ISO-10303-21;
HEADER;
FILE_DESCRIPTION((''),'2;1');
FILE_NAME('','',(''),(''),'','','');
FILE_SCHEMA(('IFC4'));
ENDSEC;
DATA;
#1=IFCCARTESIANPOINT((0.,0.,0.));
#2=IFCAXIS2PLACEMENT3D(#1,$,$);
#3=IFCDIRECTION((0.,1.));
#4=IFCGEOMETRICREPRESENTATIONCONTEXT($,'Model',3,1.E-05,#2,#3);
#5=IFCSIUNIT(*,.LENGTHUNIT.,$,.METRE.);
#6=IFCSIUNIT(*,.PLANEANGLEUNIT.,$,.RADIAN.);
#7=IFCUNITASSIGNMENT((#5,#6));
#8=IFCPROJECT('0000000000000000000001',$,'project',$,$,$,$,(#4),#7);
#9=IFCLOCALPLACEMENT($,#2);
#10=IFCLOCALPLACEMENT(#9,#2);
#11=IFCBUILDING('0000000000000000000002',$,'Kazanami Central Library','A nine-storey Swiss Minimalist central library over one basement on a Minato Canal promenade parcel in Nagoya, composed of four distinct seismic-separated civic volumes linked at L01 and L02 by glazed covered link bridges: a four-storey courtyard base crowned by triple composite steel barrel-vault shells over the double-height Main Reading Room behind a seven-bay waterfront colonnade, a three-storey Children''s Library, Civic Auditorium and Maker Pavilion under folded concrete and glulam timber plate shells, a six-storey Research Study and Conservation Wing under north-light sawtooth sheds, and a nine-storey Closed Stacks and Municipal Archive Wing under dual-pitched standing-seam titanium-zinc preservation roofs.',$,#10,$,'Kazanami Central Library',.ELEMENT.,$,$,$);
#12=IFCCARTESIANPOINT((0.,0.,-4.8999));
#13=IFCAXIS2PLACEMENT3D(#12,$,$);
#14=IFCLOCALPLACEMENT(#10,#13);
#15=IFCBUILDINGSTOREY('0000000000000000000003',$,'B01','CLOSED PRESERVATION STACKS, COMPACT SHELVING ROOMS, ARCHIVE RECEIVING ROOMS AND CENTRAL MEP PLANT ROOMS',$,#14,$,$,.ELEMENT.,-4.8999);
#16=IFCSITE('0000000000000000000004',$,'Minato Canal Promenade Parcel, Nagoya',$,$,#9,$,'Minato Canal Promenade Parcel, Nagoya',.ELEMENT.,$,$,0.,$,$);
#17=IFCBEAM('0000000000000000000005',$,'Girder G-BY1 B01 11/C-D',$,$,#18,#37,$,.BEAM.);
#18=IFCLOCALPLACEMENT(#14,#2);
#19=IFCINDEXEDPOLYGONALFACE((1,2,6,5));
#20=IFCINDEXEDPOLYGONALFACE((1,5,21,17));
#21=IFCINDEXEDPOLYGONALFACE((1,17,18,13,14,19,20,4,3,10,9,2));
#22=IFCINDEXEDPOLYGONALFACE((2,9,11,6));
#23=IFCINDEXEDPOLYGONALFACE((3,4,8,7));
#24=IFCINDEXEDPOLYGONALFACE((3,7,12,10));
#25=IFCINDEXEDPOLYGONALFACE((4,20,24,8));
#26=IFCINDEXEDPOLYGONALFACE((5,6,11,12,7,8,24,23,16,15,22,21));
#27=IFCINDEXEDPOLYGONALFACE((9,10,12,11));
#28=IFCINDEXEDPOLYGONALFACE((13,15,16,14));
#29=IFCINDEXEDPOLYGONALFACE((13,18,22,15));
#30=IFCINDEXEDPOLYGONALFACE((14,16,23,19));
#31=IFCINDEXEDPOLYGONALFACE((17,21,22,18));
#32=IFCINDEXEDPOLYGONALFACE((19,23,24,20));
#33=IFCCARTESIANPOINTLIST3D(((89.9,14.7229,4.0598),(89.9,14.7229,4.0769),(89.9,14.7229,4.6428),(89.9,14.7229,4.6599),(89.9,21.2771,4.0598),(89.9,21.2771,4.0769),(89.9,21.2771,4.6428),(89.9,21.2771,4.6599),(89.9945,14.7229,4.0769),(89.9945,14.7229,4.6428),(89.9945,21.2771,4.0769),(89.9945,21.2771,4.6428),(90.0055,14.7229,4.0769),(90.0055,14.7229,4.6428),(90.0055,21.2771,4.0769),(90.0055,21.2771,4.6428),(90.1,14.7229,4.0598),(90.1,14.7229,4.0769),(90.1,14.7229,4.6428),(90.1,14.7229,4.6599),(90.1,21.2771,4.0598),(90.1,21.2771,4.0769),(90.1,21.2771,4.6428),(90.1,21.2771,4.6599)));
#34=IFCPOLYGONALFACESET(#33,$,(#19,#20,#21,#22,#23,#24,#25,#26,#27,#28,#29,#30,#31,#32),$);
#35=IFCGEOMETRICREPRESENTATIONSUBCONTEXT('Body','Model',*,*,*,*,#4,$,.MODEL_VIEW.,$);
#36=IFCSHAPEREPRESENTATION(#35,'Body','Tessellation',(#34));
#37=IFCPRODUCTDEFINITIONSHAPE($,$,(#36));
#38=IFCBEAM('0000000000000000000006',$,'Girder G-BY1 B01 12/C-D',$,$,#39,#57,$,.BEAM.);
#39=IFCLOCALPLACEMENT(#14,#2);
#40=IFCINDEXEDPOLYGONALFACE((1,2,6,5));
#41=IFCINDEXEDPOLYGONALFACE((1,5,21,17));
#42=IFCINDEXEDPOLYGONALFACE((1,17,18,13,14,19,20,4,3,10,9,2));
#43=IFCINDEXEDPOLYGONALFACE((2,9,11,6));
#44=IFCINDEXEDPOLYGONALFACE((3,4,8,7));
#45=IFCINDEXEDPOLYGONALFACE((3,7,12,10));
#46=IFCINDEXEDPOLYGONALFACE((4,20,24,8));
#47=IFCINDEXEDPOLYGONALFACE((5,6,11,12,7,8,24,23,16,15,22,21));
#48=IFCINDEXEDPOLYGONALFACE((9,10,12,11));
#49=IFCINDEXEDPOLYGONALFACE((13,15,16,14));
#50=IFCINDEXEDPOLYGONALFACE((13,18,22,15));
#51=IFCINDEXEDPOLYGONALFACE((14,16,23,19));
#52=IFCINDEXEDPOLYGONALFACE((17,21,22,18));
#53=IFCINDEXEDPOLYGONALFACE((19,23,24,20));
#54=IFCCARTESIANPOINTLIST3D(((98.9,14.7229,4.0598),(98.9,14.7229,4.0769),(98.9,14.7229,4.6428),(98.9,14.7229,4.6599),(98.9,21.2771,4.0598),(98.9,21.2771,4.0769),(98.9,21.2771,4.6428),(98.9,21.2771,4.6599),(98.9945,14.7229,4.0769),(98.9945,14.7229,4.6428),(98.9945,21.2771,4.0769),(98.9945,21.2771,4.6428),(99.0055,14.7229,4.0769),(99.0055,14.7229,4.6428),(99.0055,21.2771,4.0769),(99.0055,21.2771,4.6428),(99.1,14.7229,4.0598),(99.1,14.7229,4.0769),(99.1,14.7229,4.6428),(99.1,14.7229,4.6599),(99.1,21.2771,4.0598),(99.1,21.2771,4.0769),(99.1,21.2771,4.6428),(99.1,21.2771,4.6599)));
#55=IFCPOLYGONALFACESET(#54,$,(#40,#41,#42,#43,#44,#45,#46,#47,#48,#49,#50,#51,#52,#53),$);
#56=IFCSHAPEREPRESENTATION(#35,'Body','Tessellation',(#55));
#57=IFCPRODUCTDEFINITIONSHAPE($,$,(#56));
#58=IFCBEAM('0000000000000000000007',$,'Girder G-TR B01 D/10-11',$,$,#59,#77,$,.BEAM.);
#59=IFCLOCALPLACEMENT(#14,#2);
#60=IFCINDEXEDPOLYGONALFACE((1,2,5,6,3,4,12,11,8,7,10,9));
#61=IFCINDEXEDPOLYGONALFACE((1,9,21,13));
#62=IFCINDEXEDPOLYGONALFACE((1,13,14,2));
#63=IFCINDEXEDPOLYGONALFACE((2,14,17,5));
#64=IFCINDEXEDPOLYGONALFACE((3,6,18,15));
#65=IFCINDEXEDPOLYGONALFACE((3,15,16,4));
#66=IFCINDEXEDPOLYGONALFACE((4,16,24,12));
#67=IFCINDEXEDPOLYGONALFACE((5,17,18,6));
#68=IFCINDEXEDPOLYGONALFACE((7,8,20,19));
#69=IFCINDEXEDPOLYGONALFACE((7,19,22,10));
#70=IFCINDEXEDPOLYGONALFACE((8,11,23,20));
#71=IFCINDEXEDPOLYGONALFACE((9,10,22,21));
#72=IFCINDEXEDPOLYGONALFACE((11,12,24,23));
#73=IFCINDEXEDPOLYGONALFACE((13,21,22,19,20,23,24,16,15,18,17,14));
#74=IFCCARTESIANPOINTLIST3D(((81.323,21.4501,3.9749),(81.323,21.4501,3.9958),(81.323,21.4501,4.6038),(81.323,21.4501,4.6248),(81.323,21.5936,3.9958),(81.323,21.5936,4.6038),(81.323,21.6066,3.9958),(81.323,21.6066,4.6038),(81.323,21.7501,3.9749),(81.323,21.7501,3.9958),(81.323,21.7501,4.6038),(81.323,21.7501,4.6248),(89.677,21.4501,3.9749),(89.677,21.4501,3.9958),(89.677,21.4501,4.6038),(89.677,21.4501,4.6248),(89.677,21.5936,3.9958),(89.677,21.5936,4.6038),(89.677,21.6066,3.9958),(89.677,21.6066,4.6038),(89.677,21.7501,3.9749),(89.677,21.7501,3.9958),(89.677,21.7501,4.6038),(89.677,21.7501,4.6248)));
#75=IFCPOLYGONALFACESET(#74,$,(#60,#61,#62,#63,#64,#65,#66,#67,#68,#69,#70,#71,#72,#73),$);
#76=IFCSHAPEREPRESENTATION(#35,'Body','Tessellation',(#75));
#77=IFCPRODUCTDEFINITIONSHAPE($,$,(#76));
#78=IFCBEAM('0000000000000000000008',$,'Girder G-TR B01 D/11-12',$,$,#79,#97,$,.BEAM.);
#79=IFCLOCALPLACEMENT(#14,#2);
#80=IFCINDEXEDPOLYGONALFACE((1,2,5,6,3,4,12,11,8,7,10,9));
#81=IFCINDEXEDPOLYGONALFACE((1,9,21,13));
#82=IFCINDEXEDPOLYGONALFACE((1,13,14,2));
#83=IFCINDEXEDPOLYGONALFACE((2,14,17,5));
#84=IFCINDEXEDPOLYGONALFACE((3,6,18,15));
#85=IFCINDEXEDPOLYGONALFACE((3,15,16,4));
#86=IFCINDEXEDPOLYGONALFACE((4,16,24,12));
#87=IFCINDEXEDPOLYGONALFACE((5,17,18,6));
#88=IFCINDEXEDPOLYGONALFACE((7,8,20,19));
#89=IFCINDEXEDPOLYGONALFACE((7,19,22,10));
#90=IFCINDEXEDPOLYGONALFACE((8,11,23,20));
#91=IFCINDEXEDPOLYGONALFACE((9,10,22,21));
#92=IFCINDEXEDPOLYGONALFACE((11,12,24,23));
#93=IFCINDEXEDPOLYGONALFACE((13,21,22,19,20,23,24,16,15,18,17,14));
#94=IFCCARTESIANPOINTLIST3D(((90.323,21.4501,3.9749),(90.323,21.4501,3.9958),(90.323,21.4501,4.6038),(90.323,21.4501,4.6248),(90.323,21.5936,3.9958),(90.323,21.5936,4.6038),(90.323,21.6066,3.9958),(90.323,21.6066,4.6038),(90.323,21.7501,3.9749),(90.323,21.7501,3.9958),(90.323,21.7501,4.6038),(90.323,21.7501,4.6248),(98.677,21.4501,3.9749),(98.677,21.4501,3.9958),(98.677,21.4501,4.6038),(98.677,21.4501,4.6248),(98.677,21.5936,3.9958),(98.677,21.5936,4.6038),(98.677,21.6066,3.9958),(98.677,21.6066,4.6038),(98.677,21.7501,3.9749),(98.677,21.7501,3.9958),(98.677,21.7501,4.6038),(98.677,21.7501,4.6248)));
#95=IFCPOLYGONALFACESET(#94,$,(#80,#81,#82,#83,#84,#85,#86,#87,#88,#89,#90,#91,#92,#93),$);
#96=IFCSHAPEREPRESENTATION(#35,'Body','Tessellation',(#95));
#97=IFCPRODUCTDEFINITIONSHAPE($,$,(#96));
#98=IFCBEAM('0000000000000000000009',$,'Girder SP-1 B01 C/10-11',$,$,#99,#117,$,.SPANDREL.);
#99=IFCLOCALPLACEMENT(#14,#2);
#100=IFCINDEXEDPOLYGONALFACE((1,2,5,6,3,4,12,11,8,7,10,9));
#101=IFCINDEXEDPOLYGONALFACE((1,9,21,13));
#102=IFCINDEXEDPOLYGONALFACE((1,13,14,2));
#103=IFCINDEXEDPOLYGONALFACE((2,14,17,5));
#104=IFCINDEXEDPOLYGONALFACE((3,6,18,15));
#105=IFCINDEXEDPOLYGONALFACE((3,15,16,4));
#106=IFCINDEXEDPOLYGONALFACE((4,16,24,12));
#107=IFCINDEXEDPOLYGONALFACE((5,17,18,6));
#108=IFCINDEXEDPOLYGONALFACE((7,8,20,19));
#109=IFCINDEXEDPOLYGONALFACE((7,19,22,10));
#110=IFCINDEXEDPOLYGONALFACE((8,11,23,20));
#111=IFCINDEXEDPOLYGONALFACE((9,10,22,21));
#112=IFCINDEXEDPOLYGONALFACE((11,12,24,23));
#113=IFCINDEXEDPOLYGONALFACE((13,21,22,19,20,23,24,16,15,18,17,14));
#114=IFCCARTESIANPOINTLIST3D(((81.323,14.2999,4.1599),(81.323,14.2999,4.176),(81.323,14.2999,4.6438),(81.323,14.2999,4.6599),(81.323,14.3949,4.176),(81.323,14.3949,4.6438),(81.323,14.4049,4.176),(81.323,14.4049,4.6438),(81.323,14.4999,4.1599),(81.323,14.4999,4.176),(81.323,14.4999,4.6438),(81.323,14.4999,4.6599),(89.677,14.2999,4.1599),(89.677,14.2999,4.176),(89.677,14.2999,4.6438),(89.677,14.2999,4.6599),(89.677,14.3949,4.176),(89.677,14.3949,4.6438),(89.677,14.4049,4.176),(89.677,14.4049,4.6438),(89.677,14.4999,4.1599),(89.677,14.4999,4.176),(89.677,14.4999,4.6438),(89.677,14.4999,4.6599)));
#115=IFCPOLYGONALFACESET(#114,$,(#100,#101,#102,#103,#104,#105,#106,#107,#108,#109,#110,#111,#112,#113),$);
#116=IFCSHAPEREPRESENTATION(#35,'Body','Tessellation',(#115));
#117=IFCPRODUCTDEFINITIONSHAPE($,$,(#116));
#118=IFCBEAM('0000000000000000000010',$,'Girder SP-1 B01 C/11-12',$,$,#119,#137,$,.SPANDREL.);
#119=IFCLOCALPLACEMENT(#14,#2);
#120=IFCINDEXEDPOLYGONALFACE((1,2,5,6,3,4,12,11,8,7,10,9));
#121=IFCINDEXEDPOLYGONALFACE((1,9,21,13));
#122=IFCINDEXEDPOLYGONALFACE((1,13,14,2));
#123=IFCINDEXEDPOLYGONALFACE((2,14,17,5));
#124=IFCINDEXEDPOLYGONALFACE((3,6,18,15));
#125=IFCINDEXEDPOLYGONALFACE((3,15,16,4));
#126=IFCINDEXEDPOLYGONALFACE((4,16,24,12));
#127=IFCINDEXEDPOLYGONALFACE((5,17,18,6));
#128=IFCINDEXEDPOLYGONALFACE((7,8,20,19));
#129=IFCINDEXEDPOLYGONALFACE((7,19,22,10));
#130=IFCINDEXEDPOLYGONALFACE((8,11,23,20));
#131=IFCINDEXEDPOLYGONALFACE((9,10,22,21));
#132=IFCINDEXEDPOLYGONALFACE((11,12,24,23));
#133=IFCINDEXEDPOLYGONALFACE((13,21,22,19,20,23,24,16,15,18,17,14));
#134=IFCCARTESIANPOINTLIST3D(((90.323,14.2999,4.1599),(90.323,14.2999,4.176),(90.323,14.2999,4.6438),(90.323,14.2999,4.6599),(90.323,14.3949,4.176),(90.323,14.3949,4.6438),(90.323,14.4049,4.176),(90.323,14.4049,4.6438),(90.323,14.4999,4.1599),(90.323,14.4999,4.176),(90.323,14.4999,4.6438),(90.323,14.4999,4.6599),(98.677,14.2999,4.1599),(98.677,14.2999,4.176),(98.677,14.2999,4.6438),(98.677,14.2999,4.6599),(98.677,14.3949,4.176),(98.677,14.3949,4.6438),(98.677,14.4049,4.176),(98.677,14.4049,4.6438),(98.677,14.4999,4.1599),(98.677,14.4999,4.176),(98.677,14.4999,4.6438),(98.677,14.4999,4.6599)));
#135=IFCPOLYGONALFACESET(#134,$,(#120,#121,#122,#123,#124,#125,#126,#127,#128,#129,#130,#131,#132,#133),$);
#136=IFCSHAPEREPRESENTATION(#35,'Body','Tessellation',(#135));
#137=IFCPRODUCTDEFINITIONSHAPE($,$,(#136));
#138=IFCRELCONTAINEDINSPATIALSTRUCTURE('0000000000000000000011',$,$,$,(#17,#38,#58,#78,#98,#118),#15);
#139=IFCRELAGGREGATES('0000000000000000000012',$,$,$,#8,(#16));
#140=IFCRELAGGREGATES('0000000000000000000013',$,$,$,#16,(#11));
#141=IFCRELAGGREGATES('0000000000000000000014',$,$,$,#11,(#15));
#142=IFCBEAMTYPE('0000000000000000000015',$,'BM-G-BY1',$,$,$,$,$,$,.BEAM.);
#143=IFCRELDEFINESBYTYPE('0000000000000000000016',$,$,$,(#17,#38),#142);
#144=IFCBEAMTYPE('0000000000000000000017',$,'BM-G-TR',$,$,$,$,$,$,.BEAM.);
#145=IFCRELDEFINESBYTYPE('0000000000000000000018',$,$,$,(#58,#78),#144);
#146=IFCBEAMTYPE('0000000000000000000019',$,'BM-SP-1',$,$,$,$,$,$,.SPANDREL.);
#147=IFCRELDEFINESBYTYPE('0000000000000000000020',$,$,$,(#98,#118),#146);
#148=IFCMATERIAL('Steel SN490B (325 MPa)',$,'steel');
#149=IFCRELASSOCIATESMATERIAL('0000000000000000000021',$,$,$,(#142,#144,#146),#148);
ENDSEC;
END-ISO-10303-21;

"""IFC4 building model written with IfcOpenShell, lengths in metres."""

from ifc_helpers import new_model, si_unit, direction, frame, origin, origin_2d, place, context, subcontext, project, spatial, i_section, extrude, material, material_profile, profile_set, type_object, element, save


model = new_model("IFC4")

# Units and contexts
model_context = context("Model", 3, precision=1e-05, world=origin(), true_north=direction((0.0, 1.0)))
body_context = subcontext(model_context, "Body", "Model", "MODEL_VIEW")
ifc_project = project(units=[si_unit("LENGTHUNIT", "METRE"), si_unit("PLANEANGLEUNIT", "RADIAN")], contexts=[model_context])

# Site, building, storey
site_placement = place(None, origin())
site = spatial("IfcSite", under=ifc_project, at=site_placement, Name="Minato Canal Promenade Parcel, Nagoya", LongName="Minato Canal Promenade Parcel, Nagoya", CompositionType="ELEMENT", RefElevation=0.0)
building_placement = place(site_placement, origin())
building = spatial("IfcBuilding", under=site, at=building_placement, Name="Kazanami Central Library", Description="A nine-storey Swiss Minimalist central library over one basement on a Minato Canal promenade parcel in Nagoya, composed of four distinct seismic-separated civic volumes linked at L01 and L02 by glazed covered link bridges: a four-storey courtyard base crowned by triple composite steel barrel-vault shells over the double-height Main Reading Room behind a seven-bay waterfront colonnade, a three-storey Children's Library, Civic Auditorium and Maker Pavilion under folded concrete and glulam timber plate shells, a six-storey Research Study and Conservation Wing under north-light sawtooth sheds, and a nine-storey Closed Stacks and Municipal Archive Wing under dual-pitched standing-seam titanium-zinc preservation roofs.", LongName="Kazanami Central Library", CompositionType="ELEMENT")
storey_placement = place(building_placement, frame((0.0, 0.0, -4.8999)))
storey = spatial("IfcBuildingStorey", under=building, at=storey_placement, Name="B01", Description="CLOSED PRESERVATION STACKS, COMPACT SHELVING ROOMS, ARCHIVE RECEIVING ROOMS AND CENTRAL MEP PLANT ROOMS", CompositionType="ELEMENT", Elevation=-4.8999)

# Beams
ifc_material_1 = material(Name="Steel SN490B (325 MPa)", Category="steel")
ifc_material_profile_1 = material_profile(ifc_material_1, i_section(OverallWidth=0.2, OverallDepth=0.6001, WebThickness=0.011, FlangeThickness=0.0171, at=origin_2d()), Name="H-600x200x11x17")
ifc_profile_set_1 = profile_set([ifc_material_profile_1], Name="Steel SN490B (325 MPa)")
beam_type_1 = type_object("IfcBeamType", Name="BM-G-BY1", PredefinedType="BEAM", material=ifc_profile_set_1)
for number, where, z_axis, x_axis, name in (
    (1, (90.0, 14.7229, 4.3599), (0.0, 1.0, 0.0), (-1.0, 0.0, 0.0), "Girder G-BY1 B01 11/C-D"),
    (2, (99.0, 14.7229, 4.3599), (0.0, 1.0, 0.0), (-1.0, 0.0, 0.0), "Girder G-BY1 B01 12/C-D"),
):
    element("IfcBeam", number, at=place(storey_placement, frame(where, z_axis=z_axis, x_axis=x_axis)), inside=storey, type_object=beam_type_1, Name=name, PredefinedType="BEAM", context=body_context, shape_type="SweptSolid", body=[
        extrude(i_section(OverallWidth=0.2, OverallDepth=0.6001, WebThickness=0.011, FlangeThickness=0.0171, at=origin_2d()), origin(), (0.0, 0.0, 1.0), 6.5542),
    ])
ifc_material_profile_2 = material_profile(ifc_material_1, i_section(OverallWidth=0.3, OverallDepth=0.6499, WebThickness=0.0129, FlangeThickness=0.021, at=origin_2d()), Name="H-650x300x13x21")
ifc_profile_set_2 = profile_set([ifc_material_profile_2], Name="Steel SN490B (325 MPa)")
beam_type_2 = type_object("IfcBeamType", Name="BM-G-TR", PredefinedType="BEAM", material=ifc_profile_set_2)
for number, where, z_axis, x_axis, name in (
    (3, (81.323, 21.6001, 4.2998), (1.0, 0.0, 0.0), (0.0, 1.0, 0.0), "Girder G-TR B01 D/10-11"),
    (4, (90.323, 21.6001, 4.2998), (1.0, 0.0, 0.0), (0.0, 1.0, 0.0), "Girder G-TR B01 D/11-12"),
):
    element("IfcBeam", number, at=place(storey_placement, frame(where, z_axis=z_axis, x_axis=x_axis)), inside=storey, type_object=beam_type_2, Name=name, PredefinedType="BEAM", context=body_context, shape_type="SweptSolid", body=[
        extrude(i_section(OverallWidth=0.3, OverallDepth=0.6499, WebThickness=0.0129, FlangeThickness=0.021, at=origin_2d()), origin(), (0.0, 0.0, 1.0), 8.354),
    ])
ifc_material_profile_3 = material_profile(ifc_material_1, i_section(OverallWidth=0.2, OverallDepth=0.5, WebThickness=0.01, FlangeThickness=0.0161, at=origin_2d()), Name="H-500x200x10x16")
ifc_profile_set_3 = profile_set([ifc_material_profile_3], Name="Steel SN490B (325 MPa)")
beam_type_3 = type_object("IfcBeamType", Name="BM-SP-1", PredefinedType="SPANDREL", material=ifc_profile_set_3)
for number, where, z_axis, x_axis, name in (
    (5, (81.323, 14.3999, 4.4099), (1.0, 0.0, 0.0), (0.0, 1.0, 0.0), "Girder SP-1 B01 C/10-11"),
    (6, (90.323, 14.3999, 4.4099), (1.0, 0.0, 0.0), (0.0, 1.0, 0.0), "Girder SP-1 B01 C/11-12"),
):
    element("IfcBeam", number, at=place(storey_placement, frame(where, z_axis=z_axis, x_axis=x_axis)), inside=storey, type_object=beam_type_3, Name=name, PredefinedType="SPANDREL", context=body_context, shape_type="SweptSolid", body=[
        extrude(i_section(OverallWidth=0.2, OverallDepth=0.5, WebThickness=0.01, FlangeThickness=0.0161, at=origin_2d()), origin(), (0.0, 0.0, 1.0), 8.354),
    ])

save(model, "model.ifc")
